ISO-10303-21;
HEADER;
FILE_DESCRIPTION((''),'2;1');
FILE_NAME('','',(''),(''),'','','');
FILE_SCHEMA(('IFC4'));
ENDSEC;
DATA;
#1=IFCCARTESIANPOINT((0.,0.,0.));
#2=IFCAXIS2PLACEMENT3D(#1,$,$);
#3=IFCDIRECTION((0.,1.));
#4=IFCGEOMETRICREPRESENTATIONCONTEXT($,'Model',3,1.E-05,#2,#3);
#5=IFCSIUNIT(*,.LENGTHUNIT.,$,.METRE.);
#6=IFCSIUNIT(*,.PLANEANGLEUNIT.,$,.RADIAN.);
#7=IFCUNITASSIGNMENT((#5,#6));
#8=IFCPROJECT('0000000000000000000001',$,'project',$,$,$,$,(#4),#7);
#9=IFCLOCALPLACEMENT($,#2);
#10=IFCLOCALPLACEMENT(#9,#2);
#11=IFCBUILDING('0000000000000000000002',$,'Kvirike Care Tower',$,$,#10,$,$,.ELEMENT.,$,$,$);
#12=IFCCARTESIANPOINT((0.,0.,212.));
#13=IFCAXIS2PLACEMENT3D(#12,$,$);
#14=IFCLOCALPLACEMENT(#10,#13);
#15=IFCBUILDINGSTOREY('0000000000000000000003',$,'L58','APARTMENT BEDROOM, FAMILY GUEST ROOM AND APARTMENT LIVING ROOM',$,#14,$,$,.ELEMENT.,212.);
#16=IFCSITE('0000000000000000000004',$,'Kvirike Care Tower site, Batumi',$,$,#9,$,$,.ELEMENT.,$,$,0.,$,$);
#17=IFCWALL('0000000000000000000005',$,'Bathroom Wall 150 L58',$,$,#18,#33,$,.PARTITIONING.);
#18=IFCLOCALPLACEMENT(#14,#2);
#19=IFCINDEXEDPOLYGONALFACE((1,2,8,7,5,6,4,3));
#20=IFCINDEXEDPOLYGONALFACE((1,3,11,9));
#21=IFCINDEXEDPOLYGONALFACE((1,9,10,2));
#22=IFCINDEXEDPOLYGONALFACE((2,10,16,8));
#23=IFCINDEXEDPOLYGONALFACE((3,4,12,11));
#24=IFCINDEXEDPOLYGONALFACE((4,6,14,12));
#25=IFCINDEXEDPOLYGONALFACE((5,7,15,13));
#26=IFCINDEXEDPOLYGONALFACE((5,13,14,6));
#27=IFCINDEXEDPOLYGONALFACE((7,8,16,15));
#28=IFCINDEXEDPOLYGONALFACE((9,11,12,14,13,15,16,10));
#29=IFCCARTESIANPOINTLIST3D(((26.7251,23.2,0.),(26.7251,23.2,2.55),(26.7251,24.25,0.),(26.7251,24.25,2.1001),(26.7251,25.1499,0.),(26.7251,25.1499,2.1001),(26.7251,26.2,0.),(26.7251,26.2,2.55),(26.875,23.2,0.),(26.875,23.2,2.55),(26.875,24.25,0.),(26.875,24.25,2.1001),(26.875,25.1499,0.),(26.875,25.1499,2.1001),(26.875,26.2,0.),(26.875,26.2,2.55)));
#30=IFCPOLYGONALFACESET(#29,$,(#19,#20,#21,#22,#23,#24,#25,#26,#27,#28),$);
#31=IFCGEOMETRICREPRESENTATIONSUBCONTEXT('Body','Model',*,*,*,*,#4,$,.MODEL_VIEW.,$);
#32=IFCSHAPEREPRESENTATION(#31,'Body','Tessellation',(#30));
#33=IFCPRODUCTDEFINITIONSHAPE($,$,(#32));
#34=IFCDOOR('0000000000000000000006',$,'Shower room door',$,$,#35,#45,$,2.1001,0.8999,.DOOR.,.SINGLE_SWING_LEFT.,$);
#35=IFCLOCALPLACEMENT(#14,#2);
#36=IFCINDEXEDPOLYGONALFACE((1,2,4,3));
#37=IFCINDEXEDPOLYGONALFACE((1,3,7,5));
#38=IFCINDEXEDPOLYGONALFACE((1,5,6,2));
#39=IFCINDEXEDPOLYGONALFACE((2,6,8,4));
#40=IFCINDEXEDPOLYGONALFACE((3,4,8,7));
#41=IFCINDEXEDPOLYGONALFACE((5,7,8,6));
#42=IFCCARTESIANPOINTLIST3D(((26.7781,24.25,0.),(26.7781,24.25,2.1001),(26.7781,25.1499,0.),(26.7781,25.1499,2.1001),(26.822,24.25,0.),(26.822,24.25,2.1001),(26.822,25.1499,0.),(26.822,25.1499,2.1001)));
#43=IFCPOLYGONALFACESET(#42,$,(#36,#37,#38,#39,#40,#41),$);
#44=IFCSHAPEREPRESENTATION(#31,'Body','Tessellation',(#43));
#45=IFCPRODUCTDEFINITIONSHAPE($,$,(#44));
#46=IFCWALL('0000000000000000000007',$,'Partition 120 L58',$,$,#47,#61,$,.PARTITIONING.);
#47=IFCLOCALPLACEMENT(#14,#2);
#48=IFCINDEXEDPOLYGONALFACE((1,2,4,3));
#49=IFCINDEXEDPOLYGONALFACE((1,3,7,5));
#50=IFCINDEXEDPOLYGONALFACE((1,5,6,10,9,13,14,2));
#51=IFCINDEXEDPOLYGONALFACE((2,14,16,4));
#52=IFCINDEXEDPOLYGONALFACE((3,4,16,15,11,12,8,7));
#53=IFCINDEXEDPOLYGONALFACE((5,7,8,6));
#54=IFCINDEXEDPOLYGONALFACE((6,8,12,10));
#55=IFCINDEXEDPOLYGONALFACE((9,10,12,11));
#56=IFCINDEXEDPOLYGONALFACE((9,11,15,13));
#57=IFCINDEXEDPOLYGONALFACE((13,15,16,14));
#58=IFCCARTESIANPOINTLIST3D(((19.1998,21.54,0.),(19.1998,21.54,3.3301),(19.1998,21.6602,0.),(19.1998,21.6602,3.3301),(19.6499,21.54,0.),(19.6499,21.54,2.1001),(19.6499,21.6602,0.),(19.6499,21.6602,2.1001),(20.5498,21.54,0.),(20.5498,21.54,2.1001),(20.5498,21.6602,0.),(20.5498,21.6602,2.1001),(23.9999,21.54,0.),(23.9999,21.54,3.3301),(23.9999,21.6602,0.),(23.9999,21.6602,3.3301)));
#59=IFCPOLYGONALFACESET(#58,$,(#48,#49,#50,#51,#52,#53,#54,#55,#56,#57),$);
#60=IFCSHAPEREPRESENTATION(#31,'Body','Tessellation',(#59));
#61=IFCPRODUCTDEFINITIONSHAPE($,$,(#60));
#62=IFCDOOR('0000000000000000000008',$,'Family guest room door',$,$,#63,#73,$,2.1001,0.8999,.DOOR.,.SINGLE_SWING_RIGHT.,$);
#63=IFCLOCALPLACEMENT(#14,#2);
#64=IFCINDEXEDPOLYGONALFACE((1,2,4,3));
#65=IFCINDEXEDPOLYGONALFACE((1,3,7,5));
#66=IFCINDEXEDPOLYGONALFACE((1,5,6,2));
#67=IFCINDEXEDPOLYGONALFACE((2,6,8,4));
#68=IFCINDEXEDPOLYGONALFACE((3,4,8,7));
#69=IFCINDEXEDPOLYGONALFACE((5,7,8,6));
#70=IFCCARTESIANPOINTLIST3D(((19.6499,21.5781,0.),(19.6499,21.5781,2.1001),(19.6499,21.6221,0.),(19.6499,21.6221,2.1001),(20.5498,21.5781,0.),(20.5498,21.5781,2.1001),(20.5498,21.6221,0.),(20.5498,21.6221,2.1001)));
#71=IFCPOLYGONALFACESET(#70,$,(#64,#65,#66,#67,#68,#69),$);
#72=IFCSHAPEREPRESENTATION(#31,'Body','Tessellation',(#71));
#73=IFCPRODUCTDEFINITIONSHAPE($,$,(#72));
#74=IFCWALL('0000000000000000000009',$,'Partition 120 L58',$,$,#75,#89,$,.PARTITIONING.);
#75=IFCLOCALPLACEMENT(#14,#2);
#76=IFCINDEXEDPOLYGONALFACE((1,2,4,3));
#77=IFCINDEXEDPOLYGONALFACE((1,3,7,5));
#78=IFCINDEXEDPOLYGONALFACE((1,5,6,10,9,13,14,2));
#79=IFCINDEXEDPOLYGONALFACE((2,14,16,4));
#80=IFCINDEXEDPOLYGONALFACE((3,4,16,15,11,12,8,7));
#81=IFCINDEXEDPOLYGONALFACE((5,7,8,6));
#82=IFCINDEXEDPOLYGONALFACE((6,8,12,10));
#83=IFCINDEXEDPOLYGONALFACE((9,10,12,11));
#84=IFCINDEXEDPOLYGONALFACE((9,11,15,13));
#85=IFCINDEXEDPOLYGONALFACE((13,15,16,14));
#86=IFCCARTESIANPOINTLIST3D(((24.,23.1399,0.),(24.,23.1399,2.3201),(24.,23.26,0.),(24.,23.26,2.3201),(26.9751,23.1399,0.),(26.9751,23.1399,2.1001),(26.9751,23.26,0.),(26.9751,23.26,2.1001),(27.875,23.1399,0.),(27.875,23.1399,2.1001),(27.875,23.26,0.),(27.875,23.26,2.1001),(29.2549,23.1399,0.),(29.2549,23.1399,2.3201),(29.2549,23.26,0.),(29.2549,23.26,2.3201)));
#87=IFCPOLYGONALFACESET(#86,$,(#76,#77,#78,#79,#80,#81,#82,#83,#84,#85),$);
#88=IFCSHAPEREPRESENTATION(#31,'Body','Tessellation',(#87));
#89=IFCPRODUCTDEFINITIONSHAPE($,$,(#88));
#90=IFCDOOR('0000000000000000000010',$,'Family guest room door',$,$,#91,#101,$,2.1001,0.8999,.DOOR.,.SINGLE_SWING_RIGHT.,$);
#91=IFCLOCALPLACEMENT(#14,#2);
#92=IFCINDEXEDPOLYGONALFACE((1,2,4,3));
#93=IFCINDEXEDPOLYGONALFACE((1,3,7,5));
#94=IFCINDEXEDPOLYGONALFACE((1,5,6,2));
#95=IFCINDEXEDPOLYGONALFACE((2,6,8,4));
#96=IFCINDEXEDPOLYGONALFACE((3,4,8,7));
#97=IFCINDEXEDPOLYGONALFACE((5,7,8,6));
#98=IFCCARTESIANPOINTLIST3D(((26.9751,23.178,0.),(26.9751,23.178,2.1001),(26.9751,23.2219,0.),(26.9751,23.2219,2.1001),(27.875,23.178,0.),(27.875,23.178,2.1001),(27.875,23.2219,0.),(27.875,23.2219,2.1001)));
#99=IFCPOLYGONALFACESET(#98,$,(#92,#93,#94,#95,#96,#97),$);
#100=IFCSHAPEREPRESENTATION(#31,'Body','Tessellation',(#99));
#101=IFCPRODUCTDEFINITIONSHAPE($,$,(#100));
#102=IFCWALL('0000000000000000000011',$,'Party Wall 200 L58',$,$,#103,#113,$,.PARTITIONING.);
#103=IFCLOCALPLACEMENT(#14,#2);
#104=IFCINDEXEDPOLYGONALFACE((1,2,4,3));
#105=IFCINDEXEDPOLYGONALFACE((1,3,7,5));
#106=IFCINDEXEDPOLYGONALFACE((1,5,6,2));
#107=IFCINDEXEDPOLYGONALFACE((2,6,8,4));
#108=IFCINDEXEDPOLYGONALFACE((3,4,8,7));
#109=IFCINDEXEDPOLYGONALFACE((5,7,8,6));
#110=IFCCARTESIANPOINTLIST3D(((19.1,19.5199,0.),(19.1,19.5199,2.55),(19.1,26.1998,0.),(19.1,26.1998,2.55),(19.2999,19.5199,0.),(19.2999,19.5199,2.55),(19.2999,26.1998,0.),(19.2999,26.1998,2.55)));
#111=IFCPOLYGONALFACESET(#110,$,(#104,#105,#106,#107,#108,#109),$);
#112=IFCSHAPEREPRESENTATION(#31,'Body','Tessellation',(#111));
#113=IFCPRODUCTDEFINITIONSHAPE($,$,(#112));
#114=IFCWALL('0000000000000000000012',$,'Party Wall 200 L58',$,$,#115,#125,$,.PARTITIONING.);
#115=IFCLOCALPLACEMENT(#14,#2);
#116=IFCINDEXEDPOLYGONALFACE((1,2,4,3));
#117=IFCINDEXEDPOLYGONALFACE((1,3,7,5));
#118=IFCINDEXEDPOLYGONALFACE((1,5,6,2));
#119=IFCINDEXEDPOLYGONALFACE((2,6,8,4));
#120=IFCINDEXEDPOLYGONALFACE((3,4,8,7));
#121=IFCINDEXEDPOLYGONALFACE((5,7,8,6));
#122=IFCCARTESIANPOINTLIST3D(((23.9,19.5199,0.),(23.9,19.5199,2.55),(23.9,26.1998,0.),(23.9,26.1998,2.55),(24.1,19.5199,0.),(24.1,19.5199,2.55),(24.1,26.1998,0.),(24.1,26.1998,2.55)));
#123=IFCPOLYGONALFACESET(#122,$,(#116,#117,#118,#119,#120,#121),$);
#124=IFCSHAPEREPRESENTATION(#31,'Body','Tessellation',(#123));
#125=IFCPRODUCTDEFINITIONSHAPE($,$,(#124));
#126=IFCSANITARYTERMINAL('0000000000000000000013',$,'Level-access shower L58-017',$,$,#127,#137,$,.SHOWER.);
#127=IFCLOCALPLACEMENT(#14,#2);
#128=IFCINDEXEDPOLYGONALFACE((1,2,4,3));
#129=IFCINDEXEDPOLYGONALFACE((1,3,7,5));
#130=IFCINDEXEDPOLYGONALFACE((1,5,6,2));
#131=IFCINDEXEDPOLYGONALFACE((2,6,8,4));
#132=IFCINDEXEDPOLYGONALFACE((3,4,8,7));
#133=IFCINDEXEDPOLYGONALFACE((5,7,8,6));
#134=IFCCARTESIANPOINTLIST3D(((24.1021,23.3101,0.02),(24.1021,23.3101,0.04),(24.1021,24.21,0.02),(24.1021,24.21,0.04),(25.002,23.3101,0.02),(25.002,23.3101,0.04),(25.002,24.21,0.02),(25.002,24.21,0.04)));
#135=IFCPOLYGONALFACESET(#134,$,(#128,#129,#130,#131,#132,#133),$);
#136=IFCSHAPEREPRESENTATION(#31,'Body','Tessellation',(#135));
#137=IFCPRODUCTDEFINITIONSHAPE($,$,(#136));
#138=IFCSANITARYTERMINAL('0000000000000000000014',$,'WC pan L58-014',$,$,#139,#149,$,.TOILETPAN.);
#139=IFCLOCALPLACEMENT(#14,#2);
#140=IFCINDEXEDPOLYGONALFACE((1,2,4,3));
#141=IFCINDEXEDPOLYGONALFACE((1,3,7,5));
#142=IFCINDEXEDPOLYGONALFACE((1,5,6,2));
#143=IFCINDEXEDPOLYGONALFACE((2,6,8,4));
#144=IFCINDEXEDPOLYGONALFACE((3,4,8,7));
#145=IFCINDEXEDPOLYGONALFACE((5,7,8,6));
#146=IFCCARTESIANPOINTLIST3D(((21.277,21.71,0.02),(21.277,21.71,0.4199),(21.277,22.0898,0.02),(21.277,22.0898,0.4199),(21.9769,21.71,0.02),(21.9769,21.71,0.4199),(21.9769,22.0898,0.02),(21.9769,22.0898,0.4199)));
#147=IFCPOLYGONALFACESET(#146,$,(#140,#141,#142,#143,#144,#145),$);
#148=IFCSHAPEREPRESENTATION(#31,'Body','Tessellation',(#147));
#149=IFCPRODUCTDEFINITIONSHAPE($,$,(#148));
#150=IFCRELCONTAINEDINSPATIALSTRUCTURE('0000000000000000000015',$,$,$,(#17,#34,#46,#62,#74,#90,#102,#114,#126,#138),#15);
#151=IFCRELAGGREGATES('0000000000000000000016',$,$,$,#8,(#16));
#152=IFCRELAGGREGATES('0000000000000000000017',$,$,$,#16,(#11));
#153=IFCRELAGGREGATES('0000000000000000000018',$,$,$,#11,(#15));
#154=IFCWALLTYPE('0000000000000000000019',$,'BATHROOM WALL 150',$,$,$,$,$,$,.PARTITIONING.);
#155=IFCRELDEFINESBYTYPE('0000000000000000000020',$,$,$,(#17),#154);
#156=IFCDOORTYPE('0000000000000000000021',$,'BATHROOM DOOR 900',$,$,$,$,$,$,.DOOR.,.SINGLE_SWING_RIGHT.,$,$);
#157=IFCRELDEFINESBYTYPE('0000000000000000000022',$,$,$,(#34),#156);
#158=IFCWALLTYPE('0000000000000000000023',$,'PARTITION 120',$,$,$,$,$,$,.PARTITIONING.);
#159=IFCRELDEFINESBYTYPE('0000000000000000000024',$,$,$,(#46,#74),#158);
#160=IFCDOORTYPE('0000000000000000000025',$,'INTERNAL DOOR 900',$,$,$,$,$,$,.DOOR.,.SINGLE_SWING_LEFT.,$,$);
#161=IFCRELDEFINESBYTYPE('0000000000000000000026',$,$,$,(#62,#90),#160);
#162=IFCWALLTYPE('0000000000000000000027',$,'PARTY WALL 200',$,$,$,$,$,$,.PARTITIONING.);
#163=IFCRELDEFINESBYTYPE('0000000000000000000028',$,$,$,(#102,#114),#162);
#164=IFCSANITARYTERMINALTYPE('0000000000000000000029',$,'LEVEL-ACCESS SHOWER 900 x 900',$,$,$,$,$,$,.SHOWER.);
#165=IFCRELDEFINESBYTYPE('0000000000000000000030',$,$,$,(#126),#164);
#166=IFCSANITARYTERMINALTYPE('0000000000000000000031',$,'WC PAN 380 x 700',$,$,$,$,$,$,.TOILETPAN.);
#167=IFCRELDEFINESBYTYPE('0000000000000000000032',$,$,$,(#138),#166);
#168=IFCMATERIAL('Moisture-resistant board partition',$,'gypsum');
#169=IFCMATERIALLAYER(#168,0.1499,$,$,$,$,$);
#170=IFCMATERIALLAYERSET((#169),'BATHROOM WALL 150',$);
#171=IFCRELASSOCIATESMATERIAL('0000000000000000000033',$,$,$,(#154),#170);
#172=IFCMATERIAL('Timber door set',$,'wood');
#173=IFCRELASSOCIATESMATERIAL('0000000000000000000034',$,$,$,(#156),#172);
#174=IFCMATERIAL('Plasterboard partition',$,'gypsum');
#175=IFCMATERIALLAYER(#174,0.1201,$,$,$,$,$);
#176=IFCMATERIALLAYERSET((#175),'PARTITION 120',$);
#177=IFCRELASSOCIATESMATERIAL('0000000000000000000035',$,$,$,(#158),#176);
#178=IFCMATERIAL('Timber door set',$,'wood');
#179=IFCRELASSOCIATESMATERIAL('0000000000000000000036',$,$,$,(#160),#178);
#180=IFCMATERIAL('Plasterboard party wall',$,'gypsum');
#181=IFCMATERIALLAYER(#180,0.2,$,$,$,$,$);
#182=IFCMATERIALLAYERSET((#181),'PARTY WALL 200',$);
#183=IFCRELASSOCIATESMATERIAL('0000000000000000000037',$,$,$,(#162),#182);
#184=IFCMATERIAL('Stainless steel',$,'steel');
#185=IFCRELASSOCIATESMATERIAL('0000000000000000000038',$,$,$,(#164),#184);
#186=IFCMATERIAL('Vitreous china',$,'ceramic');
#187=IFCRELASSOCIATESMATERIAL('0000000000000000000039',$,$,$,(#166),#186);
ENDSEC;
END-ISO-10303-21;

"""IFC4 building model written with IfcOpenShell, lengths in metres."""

from ifc_helpers import new_model, si_unit, direction, frame, frame_2d, origin, origin_2d, place, context, subcontext, project, spatial, rectangle, extrude, material, layer, layer_set, type_object, element, fill, save


model = new_model("IFC4")

# Units and contexts
model_context = context("Model", 3, precision=1e-05, world=origin(), true_north=direction((0.0, 1.0)))
body_context = subcontext(model_context, "Body", "Model", "MODEL_VIEW")
ifc_project = project(units=[si_unit("LENGTHUNIT", "METRE"), si_unit("PLANEANGLEUNIT", "RADIAN")], contexts=[model_context])

# Site, building, storey
site_placement = place(None, origin())
site = spatial("IfcSite", under=ifc_project, at=site_placement, Name="Kvirike Care Tower site, Batumi", CompositionType="ELEMENT", RefElevation=0.0)
building_placement = place(site_placement, origin())
building = spatial("IfcBuilding", under=site, at=building_placement, Name="Kvirike Care Tower", CompositionType="ELEMENT")
storey_placement = place(building_placement, frame((0.0, 0.0, 212.0)))
storey = spatial("IfcBuildingStorey", under=building, at=storey_placement, Name="L58", Description="APARTMENT BEDROOM, FAMILY GUEST ROOM AND APARTMENT LIVING ROOM", CompositionType="ELEMENT", Elevation=212.0)

# Walls, openings, doors
ifc_material_1 = material(Name="Moisture-resistant board partition", Category="gypsum")
ifc_layer_1 = layer(ifc_material_1, 0.1499)
ifc_layer_set_1 = layer_set([ifc_layer_1], Name="BATHROOM WALL 150")
wall_type_1 = type_object("IfcWallType", Name="BATHROOM WALL 150", PredefinedType="PARTITIONING", material=ifc_layer_set_1)
ifc_material_2 = material(Name="Timber door set", Category="wood")
door_type_1 = type_object("IfcDoorType", Name="BATHROOM DOOR 900", OperationType="SINGLE_SWING_RIGHT", PredefinedType="DOOR", material=ifc_material_2)
wall_1_placement = place(storey_placement, frame((26.8, 23.2, 0.0), z_axis=(0.0, 0.0, 1.0), x_axis=(0.0, 1.0, 0.0)))
wall_1 = element("IfcWall", 1, at=wall_1_placement, inside=storey, type_object=wall_type_1, Name="Bathroom Wall 150 L58", PredefinedType="PARTITIONING", context=body_context, shape_type="SweptSolid", body=[
    extrude(rectangle(XDim=3.0, YDim=0.1499, at=frame_2d((1.5, 0.0))), origin(), (0.0, 0.0, 1.0), 2.55),
])
opening_1_placement = place(wall_1_placement, frame((1.05, 0.0, 0.0)))
opening_1 = element("IfcOpeningElement", 2, at=opening_1_placement, cuts=wall_1, PredefinedType="OPENING", context=body_context, shape_type="SweptSolid", body=[
    extrude(rectangle(XDim=0.8999, YDim=2.1001, at=frame_2d((0.45, 1.05))), frame((0.0, 0.0854, 0.0), z_axis=(0.0, -1.0, 0.0), x_axis=(1.0, 0.0, 0.0)), (0.0, 0.0, 1.0), 0.1709),
])
door_1_placement = place(opening_1_placement, frame((0.8999, 0.0, 0.0), z_axis=(0.0, 0.0, 1.0), x_axis=(-1.0, 0.0, 0.0)))
door_1 = element("IfcDoor", 3, at=door_1_placement, inside=storey, type_object=door_type_1, Name="Shower room door", OperationType="SINGLE_SWING_LEFT", OverallHeight=2.1001, OverallWidth=0.8999, PredefinedType="DOOR", context=body_context, shape_type="SweptSolid", body=[
    extrude(rectangle(XDim=0.8999, YDim=2.1001, at=frame_2d((0.45, 1.05))), frame((0.0, 0.022, 0.0), z_axis=(0.0, -1.0, 0.0), x_axis=(1.0, 0.0, 0.0)), (0.0, 0.0, 1.0), 0.0439),
])
fill(opening_1, door_1)
ifc_material_3 = material(Name="Plasterboard partition", Category="gypsum")
ifc_layer_2 = layer(ifc_material_3, 0.1201)
ifc_layer_set_2 = layer_set([ifc_layer_2], Name="PARTITION 120")
wall_type_2 = type_object("IfcWallType", Name="PARTITION 120", PredefinedType="PARTITIONING", material=ifc_layer_set_2)
wall_2_placement = place(storey_placement, frame((19.2, 21.6001, 0.0), z_axis=(0.0, 0.0, 1.0), x_axis=(1.0, 0.0, 0.0)))
wall_2 = element("IfcWall", 4, at=wall_2_placement, inside=storey, type_object=wall_type_2, Name="Partition 120 L58", PredefinedType="PARTITIONING", context=body_context, shape_type="SweptSolid", body=[
    extrude(rectangle(XDim=4.8, YDim=0.1201, at=frame_2d((2.3999, 0.0))), origin(), (0.0, 0.0, 1.0), 3.3301),
])
opening_2_placement = place(wall_2_placement, frame((0.45, 0.0, 0.0)))
opening_2 = element("IfcOpeningElement", 5, at=opening_2_placement, cuts=wall_2, PredefinedType="OPENING", context=body_context, shape_type="SweptSolid", body=[
    extrude(rectangle(XDim=0.8999, YDim=2.1001, at=frame_2d((0.45, 1.05))), frame((0.0, 0.0706, 0.0), z_axis=(0.0, -1.0, 0.0), x_axis=(1.0, 0.0, 0.0)), (0.0, 0.0, 1.0), 0.1411),
])
ifc_material_4 = material(Name="Timber door set", Category="wood")
door_type_2 = type_object("IfcDoorType", Name="INTERNAL DOOR 900", OperationType="SINGLE_SWING_LEFT", PredefinedType="DOOR", material=ifc_material_4)
door_2_placement = place(opening_2_placement, origin())
door_2 = element("IfcDoor", 6, at=door_2_placement, inside=storey, type_object=door_type_2, Name="Family guest room door", OperationType="SINGLE_SWING_RIGHT", OverallHeight=2.1001, OverallWidth=0.8999, PredefinedType="DOOR", context=body_context, shape_type="SweptSolid", body=[
    extrude(rectangle(XDim=0.8999, YDim=2.1001, at=frame_2d((0.45, 1.05))), frame((0.0, 0.022, 0.0), z_axis=(0.0, -1.0, 0.0), x_axis=(1.0, 0.0, 0.0)), (0.0, 0.0, 1.0), 0.0439),
])
fill(opening_2, door_2)
wall_3_placement = place(storey_placement, frame((24.0, 23.2, 0.0), z_axis=(0.0, 0.0, 1.0), x_axis=(1.0, 0.0, 0.0)))
wall_3 = element("IfcWall", 7, at=wall_3_placement, inside=storey, type_object=wall_type_2, Name="Partition 120 L58", PredefinedType="PARTITIONING", context=body_context, shape_type="SweptSolid", body=[
    extrude(rectangle(XDim=5.2549, YDim=0.1201, at=frame_2d((2.6274, 0.0))), origin(), (0.0, 0.0, 1.0), 2.3201),
])
opening_3_placement = place(wall_3_placement, frame((2.9751, 0.0, 0.0)))
opening_3 = element("IfcOpeningElement", 8, at=opening_3_placement, cuts=wall_3, PredefinedType="OPENING", context=body_context, shape_type="SweptSolid", body=[
    extrude(rectangle(XDim=0.8999, YDim=2.1001, at=frame_2d((0.45, 1.05))), frame((0.0, 0.0706, 0.0), z_axis=(0.0, -1.0, 0.0), x_axis=(1.0, 0.0, 0.0)), (0.0, 0.0, 1.0), 0.1411),
])
door_3_placement = place(opening_3_placement, origin())
door_3 = element("IfcDoor", 9, at=door_3_placement, inside=storey, type_object=door_type_2, Name="Family guest room door", OperationType="SINGLE_SWING_RIGHT", OverallHeight=2.1001, OverallWidth=0.8999, PredefinedType="DOOR", context=body_context, shape_type="SweptSolid", body=[
    extrude(rectangle(XDim=0.8999, YDim=2.1001, at=frame_2d((0.45, 1.05))), frame((0.0, 0.022, 0.0), z_axis=(0.0, -1.0, 0.0), x_axis=(1.0, 0.0, 0.0)), (0.0, 0.0, 1.0), 0.0439),
])
fill(opening_3, door_3)

# Walls
ifc_material_5 = material(Name="Plasterboard party wall", Category="gypsum")
ifc_layer_3 = layer(ifc_material_5, 0.2)
ifc_layer_set_3 = layer_set([ifc_layer_3], Name="PARTY WALL 200")
wall_type_3 = type_object("IfcWallType", Name="PARTY WALL 200", PredefinedType="PARTITIONING", material=ifc_layer_set_3)
for number, where, z_axis, x_axis, name in (
    (10, (19.2, 19.52, 0.0), (0.0, 0.0, 1.0), (0.0, 1.0, 0.0), "Party Wall 200 L58"),
    (11, (24.0, 19.52, 0.0), (0.0, 0.0, 1.0), (0.0, 1.0, 0.0), "Party Wall 200 L58"),
):
    element("IfcWall", number, at=place(storey_placement, frame(where, z_axis=z_axis, x_axis=x_axis)), inside=storey, type_object=wall_type_3, Name=name, PredefinedType="PARTITIONING", context=body_context, shape_type="SweptSolid", body=[
        extrude(rectangle(XDim=6.6799, YDim=0.2, at=frame_2d((3.3398, 0.0))), origin(), (0.0, 0.0, 1.0), 2.55),
    ])

# Sanitary terminals
ifc_material_6 = material(Name="Stainless steel", Category="steel")
sanitary_terminal_type_1 = type_object("IfcSanitaryTerminalType", Name="LEVEL-ACCESS SHOWER 900 x 900", PredefinedType="SHOWER", material=ifc_material_6)
sanitary_terminal_1_placement = place(storey_placement, frame((24.552, 23.76, 0.02), z_axis=(0.0, 0.0, 1.0), x_axis=(0.0, 1.0, 0.0)))
element("IfcSanitaryTerminal", 12, at=sanitary_terminal_1_placement, inside=storey, type_object=sanitary_terminal_type_1, Name="Level-access shower L58-017", PredefinedType="SHOWER", context=body_context, shape_type="SweptSolid", body=[
    extrude(rectangle(XDim=0.8999, YDim=0.8999, at=origin_2d()), origin(), (0.0, 0.0, 1.0), 0.02),
])
ifc_material_7 = material(Name="Vitreous china", Category="ceramic")
sanitary_terminal_type_2 = type_object("IfcSanitaryTerminalType", Name="WC PAN 380 x 700", PredefinedType="TOILETPAN", material=ifc_material_7)
sanitary_terminal_2_placement = place(storey_placement, frame((21.627, 21.8999, 0.02), z_axis=(0.0, 0.0, 1.0), x_axis=(0.0, 1.0, 0.0)))
element("IfcSanitaryTerminal", 13, at=sanitary_terminal_2_placement, inside=storey, type_object=sanitary_terminal_type_2, Name="WC pan L58-014", PredefinedType="TOILETPAN", context=body_context, shape_type="SweptSolid", body=[
    extrude(rectangle(XDim=0.3799, YDim=0.7, at=origin_2d()), origin(), (0.0, 0.0, 1.0), 0.3999),
])

save(model, "model.ifc")
